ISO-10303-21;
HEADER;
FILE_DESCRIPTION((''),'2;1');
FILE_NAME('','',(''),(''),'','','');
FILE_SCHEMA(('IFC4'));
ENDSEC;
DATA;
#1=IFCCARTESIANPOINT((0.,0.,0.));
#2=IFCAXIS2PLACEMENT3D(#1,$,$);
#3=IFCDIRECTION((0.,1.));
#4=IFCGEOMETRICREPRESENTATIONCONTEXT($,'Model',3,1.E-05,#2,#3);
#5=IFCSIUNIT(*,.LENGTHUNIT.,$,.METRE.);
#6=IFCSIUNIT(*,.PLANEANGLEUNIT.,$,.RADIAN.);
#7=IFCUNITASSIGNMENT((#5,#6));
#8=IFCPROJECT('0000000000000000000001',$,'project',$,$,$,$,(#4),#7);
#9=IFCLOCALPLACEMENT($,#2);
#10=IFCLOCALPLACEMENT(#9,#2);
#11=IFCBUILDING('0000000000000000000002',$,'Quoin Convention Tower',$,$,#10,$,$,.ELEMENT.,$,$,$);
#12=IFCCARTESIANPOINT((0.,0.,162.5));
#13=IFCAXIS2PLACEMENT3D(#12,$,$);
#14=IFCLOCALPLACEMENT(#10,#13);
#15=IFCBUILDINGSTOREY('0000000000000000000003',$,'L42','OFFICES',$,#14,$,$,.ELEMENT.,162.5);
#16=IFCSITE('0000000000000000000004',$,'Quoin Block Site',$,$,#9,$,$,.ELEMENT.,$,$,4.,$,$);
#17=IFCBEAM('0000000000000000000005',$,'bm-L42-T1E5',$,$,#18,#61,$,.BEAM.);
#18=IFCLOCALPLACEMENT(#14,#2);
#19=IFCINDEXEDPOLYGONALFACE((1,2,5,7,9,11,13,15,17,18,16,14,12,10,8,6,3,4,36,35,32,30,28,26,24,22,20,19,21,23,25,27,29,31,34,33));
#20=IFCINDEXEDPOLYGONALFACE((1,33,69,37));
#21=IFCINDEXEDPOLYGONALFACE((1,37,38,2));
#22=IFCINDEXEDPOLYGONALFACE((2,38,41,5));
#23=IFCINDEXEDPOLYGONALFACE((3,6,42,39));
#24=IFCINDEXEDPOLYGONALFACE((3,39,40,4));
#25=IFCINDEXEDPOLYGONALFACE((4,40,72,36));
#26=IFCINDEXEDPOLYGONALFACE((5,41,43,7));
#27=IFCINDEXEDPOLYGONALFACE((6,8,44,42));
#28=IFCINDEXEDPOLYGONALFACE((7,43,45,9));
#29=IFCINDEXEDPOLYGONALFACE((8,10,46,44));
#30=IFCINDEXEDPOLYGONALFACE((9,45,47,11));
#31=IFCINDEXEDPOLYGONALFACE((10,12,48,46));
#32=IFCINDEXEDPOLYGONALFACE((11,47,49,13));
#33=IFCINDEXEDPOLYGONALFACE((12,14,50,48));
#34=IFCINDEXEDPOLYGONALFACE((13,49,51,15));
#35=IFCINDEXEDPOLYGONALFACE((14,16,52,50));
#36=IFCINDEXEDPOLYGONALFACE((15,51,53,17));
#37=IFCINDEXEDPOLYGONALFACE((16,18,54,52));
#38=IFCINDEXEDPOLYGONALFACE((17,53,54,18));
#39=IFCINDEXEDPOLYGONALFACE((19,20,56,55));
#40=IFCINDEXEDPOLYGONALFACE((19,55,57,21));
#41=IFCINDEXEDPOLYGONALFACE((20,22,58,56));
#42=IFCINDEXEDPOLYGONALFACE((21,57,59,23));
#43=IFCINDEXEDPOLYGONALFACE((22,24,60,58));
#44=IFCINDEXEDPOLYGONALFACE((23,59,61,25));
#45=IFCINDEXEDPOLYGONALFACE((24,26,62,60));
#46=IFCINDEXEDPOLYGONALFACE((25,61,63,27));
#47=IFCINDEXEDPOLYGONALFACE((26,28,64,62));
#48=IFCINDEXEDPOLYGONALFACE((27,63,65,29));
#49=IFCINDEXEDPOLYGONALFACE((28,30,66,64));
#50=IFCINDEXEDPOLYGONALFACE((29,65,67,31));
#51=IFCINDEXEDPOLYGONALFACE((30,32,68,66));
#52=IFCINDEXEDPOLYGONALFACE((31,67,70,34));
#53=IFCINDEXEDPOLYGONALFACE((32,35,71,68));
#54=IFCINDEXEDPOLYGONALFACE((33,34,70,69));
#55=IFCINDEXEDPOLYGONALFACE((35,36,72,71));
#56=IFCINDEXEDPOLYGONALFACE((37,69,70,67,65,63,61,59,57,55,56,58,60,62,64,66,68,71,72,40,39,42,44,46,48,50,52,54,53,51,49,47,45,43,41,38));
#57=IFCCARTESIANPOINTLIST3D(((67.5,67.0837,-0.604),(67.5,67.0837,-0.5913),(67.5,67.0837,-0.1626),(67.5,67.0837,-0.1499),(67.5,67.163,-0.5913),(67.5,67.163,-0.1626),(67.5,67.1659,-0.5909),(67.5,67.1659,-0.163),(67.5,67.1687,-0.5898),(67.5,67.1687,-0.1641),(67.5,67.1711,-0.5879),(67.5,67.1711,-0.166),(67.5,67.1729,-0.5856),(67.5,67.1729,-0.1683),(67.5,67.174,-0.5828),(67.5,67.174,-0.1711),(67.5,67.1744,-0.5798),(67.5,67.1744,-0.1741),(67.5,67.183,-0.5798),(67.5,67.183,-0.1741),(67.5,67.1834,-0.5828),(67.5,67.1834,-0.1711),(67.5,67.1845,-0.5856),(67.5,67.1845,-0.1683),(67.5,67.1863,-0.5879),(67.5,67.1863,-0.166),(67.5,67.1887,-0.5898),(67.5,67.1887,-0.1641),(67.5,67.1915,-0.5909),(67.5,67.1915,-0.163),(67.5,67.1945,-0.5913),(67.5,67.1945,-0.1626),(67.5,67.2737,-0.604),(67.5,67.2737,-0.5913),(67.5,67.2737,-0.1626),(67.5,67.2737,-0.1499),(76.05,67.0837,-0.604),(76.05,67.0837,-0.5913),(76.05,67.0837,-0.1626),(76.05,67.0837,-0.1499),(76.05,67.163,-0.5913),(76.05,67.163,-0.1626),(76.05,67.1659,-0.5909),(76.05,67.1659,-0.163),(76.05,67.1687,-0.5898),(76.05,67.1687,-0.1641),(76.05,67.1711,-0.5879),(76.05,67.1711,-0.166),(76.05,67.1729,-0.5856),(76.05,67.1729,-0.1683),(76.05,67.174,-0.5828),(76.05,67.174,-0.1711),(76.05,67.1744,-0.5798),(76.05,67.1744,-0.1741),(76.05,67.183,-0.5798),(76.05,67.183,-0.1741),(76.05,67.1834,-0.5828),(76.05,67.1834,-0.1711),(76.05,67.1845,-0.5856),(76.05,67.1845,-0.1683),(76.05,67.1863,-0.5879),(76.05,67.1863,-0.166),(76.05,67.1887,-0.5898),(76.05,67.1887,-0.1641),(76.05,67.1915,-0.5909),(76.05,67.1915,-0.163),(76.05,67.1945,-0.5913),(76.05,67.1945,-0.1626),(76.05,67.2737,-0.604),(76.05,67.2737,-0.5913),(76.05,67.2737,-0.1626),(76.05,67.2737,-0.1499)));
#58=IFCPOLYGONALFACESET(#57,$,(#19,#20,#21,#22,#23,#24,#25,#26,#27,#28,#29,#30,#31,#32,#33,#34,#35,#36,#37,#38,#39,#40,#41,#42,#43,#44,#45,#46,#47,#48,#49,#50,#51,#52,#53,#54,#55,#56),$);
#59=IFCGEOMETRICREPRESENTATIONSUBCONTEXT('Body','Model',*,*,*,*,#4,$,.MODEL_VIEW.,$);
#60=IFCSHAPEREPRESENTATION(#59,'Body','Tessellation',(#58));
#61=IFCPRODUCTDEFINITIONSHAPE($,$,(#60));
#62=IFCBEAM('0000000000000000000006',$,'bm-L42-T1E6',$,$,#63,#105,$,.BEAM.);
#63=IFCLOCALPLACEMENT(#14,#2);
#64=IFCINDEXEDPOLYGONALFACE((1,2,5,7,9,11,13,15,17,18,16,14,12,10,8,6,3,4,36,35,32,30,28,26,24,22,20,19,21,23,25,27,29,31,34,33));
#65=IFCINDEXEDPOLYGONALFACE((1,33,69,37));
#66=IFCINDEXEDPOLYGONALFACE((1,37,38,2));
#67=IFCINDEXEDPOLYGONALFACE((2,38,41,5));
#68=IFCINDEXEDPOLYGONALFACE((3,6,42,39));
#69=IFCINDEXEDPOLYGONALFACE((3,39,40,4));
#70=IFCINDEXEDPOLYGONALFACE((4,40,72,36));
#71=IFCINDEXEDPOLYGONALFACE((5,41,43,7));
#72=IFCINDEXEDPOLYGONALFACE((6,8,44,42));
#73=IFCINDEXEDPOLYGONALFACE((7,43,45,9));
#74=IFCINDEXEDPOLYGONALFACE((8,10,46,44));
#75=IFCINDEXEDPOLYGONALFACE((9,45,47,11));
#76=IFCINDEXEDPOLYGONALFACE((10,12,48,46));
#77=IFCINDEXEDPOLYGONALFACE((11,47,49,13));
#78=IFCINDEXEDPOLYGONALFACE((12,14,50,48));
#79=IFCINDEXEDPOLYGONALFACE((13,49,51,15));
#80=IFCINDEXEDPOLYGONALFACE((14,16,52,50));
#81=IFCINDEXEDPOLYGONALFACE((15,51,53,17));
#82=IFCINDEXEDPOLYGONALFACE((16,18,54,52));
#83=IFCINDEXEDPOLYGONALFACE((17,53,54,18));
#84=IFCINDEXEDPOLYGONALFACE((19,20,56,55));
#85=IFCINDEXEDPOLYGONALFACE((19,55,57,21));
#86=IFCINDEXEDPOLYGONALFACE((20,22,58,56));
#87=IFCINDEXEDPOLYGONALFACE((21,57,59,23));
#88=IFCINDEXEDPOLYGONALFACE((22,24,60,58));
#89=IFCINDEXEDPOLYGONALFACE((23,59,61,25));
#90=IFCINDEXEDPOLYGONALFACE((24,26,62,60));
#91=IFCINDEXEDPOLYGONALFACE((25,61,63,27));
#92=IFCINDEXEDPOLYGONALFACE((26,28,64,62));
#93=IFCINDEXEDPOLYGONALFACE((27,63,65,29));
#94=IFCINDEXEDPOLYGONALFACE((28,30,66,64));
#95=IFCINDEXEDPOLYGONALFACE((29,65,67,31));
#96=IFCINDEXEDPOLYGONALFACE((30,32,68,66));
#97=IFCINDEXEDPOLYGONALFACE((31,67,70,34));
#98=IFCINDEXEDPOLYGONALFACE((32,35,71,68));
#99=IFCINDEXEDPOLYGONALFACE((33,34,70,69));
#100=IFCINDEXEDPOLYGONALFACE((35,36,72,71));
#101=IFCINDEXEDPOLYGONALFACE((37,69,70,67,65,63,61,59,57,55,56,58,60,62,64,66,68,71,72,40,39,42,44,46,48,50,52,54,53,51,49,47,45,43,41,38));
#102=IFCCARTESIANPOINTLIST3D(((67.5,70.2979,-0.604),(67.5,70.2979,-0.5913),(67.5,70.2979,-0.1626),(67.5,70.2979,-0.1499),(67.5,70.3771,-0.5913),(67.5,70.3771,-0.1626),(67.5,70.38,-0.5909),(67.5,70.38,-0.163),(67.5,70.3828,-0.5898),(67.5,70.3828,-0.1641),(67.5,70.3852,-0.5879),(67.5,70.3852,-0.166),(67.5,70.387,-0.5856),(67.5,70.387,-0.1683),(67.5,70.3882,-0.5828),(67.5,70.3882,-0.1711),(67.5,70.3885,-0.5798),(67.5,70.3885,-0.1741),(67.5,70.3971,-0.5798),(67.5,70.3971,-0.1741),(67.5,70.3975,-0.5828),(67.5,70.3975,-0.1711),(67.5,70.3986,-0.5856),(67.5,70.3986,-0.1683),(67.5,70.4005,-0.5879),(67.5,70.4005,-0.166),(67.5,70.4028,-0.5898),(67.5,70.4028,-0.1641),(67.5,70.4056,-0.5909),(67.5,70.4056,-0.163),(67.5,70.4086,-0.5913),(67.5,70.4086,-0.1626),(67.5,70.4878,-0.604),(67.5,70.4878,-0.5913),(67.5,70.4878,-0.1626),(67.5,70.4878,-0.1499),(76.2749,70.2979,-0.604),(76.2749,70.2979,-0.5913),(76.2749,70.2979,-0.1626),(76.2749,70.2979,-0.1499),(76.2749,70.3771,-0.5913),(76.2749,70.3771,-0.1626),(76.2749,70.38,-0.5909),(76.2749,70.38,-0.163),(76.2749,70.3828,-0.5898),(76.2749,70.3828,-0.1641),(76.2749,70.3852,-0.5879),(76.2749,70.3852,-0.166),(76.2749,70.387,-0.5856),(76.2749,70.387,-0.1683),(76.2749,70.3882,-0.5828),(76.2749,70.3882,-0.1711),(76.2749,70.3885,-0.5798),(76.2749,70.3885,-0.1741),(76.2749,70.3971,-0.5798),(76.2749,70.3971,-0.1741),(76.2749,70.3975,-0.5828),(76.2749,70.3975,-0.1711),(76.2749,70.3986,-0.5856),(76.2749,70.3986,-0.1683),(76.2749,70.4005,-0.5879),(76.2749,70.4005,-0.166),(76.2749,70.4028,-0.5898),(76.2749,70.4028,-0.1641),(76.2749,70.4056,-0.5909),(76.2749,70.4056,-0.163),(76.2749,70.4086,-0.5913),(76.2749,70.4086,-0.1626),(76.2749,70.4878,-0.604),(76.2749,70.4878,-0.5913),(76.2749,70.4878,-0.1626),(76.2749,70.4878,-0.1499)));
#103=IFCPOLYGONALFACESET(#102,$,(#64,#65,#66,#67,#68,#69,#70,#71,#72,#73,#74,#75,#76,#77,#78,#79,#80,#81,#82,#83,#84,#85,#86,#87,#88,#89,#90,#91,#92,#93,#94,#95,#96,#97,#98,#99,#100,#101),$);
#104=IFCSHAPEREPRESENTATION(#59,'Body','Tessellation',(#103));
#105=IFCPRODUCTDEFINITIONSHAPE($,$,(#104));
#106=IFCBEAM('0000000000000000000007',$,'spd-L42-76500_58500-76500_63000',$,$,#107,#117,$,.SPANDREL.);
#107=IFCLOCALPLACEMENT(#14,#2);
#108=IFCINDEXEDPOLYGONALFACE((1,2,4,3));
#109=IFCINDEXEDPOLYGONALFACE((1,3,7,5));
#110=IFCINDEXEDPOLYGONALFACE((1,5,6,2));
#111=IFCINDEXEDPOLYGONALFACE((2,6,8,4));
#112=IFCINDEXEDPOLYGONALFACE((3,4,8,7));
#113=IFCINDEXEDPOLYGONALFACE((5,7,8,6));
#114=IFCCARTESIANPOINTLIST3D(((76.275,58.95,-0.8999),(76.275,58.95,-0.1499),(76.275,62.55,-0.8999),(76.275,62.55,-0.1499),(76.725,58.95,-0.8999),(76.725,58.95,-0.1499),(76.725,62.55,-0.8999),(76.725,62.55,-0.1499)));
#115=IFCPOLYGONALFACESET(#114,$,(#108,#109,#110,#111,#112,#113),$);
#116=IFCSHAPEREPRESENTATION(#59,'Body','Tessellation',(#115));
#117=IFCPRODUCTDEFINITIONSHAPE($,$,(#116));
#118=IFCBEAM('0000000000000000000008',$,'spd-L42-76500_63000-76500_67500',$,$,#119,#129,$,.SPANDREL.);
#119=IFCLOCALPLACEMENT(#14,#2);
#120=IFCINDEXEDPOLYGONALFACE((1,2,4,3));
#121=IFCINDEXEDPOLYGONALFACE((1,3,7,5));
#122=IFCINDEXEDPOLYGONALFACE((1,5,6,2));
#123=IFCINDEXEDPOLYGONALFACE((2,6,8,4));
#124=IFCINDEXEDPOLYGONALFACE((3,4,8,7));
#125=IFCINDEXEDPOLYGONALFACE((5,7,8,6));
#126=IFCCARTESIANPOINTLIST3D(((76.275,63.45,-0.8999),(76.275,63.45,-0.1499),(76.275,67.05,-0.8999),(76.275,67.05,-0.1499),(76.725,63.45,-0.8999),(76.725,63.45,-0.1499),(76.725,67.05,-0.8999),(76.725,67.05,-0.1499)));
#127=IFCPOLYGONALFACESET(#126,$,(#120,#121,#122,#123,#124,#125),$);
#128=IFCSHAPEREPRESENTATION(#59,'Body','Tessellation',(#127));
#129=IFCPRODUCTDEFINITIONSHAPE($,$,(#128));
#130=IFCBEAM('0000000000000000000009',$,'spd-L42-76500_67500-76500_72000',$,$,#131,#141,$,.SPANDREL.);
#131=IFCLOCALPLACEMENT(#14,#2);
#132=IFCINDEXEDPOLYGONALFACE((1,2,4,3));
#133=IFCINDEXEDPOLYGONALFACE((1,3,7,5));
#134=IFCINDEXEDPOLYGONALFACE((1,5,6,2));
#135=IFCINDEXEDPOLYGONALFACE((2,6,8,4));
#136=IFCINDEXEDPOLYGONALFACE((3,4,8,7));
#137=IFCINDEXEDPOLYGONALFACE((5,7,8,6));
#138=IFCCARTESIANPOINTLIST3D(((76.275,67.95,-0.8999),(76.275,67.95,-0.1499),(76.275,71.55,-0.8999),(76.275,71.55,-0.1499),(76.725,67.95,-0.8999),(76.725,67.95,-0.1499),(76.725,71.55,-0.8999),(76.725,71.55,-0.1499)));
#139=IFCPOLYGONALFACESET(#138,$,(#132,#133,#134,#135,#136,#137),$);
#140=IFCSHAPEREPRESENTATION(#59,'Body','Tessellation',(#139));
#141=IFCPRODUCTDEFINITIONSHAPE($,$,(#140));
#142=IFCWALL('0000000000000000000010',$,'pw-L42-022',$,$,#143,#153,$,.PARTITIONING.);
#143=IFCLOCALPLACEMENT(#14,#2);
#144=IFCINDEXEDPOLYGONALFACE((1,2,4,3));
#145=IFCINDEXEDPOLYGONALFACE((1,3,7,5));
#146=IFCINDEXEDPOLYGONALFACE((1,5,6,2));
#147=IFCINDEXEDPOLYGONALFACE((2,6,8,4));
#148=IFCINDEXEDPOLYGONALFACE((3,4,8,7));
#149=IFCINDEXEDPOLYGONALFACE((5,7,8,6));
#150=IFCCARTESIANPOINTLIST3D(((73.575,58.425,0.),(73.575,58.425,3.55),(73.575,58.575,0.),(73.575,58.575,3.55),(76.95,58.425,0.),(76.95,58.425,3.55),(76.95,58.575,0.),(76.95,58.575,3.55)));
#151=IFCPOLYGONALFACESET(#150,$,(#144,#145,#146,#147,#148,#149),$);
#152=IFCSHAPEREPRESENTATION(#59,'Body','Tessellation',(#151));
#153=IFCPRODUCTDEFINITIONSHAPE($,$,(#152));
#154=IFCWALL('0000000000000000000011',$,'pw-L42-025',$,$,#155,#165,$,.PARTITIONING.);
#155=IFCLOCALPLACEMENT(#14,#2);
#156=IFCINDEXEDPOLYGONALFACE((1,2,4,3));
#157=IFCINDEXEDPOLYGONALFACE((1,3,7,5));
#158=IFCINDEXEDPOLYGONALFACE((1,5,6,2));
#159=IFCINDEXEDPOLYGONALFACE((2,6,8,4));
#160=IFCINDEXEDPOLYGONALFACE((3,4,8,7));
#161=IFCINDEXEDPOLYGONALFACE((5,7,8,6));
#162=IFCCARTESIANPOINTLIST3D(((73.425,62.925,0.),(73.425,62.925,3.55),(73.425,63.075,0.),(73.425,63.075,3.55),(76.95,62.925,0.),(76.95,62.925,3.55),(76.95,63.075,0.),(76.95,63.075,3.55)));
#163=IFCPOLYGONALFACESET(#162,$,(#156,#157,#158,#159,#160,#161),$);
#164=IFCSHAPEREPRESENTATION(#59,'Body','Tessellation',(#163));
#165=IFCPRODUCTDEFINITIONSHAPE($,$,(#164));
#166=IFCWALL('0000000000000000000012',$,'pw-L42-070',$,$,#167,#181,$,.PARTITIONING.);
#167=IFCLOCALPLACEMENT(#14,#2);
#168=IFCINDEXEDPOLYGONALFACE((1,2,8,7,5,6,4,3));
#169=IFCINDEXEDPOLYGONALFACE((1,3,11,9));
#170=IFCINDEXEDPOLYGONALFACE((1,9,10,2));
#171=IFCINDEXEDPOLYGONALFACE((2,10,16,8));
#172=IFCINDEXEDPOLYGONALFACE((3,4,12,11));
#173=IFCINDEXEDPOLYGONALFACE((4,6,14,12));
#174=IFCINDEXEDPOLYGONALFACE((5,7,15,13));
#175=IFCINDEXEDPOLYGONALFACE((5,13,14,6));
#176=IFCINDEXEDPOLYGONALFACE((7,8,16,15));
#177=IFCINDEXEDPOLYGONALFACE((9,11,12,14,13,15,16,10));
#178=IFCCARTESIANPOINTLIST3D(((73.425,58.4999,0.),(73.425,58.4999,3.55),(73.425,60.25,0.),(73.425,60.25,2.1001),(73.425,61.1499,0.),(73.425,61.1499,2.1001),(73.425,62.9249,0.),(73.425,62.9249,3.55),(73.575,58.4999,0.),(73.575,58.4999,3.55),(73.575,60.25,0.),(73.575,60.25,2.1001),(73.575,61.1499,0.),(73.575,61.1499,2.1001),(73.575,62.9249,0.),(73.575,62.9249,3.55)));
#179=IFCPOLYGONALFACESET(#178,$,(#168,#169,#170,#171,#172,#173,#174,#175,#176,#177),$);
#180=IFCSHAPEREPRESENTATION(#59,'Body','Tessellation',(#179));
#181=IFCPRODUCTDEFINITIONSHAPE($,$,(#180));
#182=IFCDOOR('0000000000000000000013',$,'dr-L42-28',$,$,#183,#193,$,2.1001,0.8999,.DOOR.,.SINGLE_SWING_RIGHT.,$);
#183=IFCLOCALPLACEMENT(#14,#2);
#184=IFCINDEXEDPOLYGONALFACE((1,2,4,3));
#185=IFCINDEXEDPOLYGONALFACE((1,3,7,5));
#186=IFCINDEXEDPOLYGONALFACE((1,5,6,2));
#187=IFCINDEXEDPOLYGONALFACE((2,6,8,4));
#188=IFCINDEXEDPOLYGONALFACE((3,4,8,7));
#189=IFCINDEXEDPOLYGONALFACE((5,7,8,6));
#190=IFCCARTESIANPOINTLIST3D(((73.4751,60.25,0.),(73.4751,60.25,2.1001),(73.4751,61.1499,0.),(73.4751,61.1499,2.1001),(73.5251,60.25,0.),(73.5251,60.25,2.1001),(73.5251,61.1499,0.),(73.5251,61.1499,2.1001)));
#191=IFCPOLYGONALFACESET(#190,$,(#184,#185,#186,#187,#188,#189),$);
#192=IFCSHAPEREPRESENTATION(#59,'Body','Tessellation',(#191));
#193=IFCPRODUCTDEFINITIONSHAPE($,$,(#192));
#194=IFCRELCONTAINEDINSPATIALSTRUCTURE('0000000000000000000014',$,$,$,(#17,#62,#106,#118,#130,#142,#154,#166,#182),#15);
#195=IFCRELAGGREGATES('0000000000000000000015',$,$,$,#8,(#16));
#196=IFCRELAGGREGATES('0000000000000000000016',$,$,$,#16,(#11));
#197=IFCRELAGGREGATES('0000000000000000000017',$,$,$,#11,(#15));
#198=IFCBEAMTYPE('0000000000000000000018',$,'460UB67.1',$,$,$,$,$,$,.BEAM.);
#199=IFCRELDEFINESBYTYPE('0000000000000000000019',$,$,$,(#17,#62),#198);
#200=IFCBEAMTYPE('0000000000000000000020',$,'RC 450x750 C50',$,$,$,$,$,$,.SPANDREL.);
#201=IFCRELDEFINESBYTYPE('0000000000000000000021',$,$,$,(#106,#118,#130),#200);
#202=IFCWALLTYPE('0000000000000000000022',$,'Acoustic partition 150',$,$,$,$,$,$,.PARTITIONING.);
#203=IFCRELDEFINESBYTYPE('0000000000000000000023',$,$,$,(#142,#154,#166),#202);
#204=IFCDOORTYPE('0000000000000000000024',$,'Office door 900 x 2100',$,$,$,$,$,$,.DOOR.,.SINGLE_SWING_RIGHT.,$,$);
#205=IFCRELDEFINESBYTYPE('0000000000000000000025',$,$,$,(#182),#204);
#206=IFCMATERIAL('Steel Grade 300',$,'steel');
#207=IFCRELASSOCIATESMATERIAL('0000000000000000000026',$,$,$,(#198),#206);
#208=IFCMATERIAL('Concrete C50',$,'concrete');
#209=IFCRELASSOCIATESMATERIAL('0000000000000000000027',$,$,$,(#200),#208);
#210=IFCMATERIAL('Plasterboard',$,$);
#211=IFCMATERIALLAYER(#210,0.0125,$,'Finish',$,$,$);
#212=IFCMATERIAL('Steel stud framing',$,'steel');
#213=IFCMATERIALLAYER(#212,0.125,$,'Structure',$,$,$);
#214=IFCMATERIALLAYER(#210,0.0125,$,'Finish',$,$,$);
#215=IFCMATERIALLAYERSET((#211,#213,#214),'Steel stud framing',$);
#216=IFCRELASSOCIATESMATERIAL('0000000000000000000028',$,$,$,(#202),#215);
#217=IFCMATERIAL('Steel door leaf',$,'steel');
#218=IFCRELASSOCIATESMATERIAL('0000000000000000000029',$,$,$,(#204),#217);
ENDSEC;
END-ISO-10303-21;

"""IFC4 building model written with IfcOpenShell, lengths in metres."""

from ifc_helpers import new_model, si_unit, direction, frame, frame_2d, origin, origin_2d, place, context, subcontext, project, spatial, rectangle, i_section, extrude, material, layer, layer_set, material_profile, profile_set, type_object, element, fill, save


model = new_model("IFC4")

# Units and contexts
model_context = context("Model", 3, precision=1e-05, world=origin(), true_north=direction((0.0, 1.0)))
body_context = subcontext(model_context, "Body", "Model", "MODEL_VIEW")
ifc_project = project(units=[si_unit("LENGTHUNIT", "METRE"), si_unit("PLANEANGLEUNIT", "RADIAN")], contexts=[model_context])

# Site, building, storey
site_placement = place(None, origin())
site = spatial("IfcSite", under=ifc_project, at=site_placement, Name="Quoin Block Site", CompositionType="ELEMENT", RefElevation=4.0)
building_placement = place(site_placement, origin())
building = spatial("IfcBuilding", under=site, at=building_placement, Name="Quoin Convention Tower", CompositionType="ELEMENT")
storey_placement = place(building_placement, frame((0.0, 0.0, 162.5)))
storey = spatial("IfcBuildingStorey", under=building, at=storey_placement, Name="L42", Description="OFFICES", CompositionType="ELEMENT", Elevation=162.5)

# Shared definitions
ifc_material_1 = material(Name="Concrete C50", Category="concrete")

# Beams
ifc_material_2 = material(Name="Steel Grade 300", Category="steel")
ifc_material_profile_1 = material_profile(ifc_material_2, i_section(OverallWidth=0.1899, OverallDepth=0.4541, WebThickness=0.0085, FlangeThickness=0.0127, FilletRadius=0.0115, at=origin_2d()), Name="460UB67.1")
ifc_profile_set_1 = profile_set([ifc_material_profile_1], Name="Steel Grade 300")
beam_type_1 = type_object("IfcBeamType", Name="460UB67.1", PredefinedType="BEAM", material=ifc_profile_set_1)
beam_1_placement = place(storey_placement, frame((67.5, 67.1787, -0.377), z_axis=(1.0, 0.0, 0.0), x_axis=(0.0, 1.0, 0.0)))
element("IfcBeam", 1, at=beam_1_placement, inside=storey, type_object=beam_type_1, Name="bm-L42-T1E5", PredefinedType="BEAM", context=body_context, shape_type="SweptSolid", body=[
    extrude(i_section(OverallWidth=0.1899, OverallDepth=0.4541, WebThickness=0.0085, FlangeThickness=0.0127, FilletRadius=0.0115, at=origin_2d()), origin(), (0.0, 0.0, 1.0), 8.55),
])
beam_2_placement = place(storey_placement, frame((67.5, 70.3928, -0.377), z_axis=(1.0, 0.0, 0.0), x_axis=(0.0, 1.0, 0.0)))
element("IfcBeam", 2, at=beam_2_placement, inside=storey, type_object=beam_type_1, Name="bm-L42-T1E6", PredefinedType="BEAM", context=body_context, shape_type="SweptSolid", body=[
    extrude(i_section(OverallWidth=0.1899, OverallDepth=0.4541, WebThickness=0.0085, FlangeThickness=0.0127, FilletRadius=0.0115, at=origin_2d()), origin(), (0.0, 0.0, 1.0), 8.7749),
])
ifc_material_profile_2 = material_profile(ifc_material_1, rectangle(XDim=0.45, YDim=0.75, at=origin_2d()), Name="RC 450x750")
ifc_profile_set_2 = profile_set([ifc_material_profile_2], Name="Concrete C50")
beam_type_2 = type_object("IfcBeamType", Name="RC 450x750 C50", PredefinedType="SPANDREL", material=ifc_profile_set_2)
for number, where, z_axis, x_axis, name in (
    (3, (76.5, 58.95, -0.5249), (0.0, 1.0, 0.0), (-1.0, 0.0, 0.0), "spd-L42-76500_58500-76500_63000"),
    (4, (76.5, 63.45, -0.5249), (0.0, 1.0, 0.0), (-1.0, 0.0, 0.0), "spd-L42-76500_63000-76500_67500"),
    (5, (76.5, 67.95, -0.5249), (0.0, 1.0, 0.0), (-1.0, 0.0, 0.0), "spd-L42-76500_67500-76500_72000"),
):
    element("IfcBeam", number, at=place(storey_placement, frame(where, z_axis=z_axis, x_axis=x_axis)), inside=storey, type_object=beam_type_2, Name=name, PredefinedType="SPANDREL", context=body_context, shape_type="SweptSolid", body=[
        extrude(rectangle(XDim=0.45, YDim=0.75, at=origin_2d()), origin(), (0.0, 0.0, 1.0), 3.6001),
    ])

# Walls
ifc_material_3 = material(Name="Plasterboard")
ifc_layer_1 = layer(ifc_material_3, 0.0125, Name="Finish")
ifc_material_4 = material(Name="Steel stud framing", Category="steel")
ifc_layer_2 = layer(ifc_material_4, 0.125, Name="Structure")
ifc_layer_3 = layer(ifc_material_3, 0.0125, Name="Finish")
ifc_layer_set_1 = layer_set([ifc_layer_1, ifc_layer_2, ifc_layer_3], Name="Steel stud framing")
wall_type_1 = type_object("IfcWallType", Name="Acoustic partition 150", PredefinedType="PARTITIONING", material=ifc_layer_set_1)
wall_1_placement = place(storey_placement, frame((73.575, 58.5, 0.0), z_axis=(0.0, 0.0, 1.0), x_axis=(1.0, 0.0, 0.0)))
element("IfcWall", 6, at=wall_1_placement, inside=storey, type_object=wall_type_1, Name="pw-L42-022", PredefinedType="PARTITIONING", context=body_context, shape_type="SweptSolid", body=[
    extrude(rectangle(XDim=3.375, YDim=0.1499, at=frame_2d((1.6875, 0.0))), origin(), (0.0, 0.0, 1.0), 3.55),
])
wall_2_placement = place(storey_placement, frame((73.425, 63.0, 0.0), z_axis=(0.0, 0.0, 1.0), x_axis=(1.0, 0.0, 0.0)))
element("IfcWall", 7, at=wall_2_placement, inside=storey, type_object=wall_type_1, Name="pw-L42-025", PredefinedType="PARTITIONING", context=body_context, shape_type="SweptSolid", body=[
    extrude(rectangle(XDim=3.5249, YDim=0.1499, at=frame_2d((1.7625, 0.0))), origin(), (0.0, 0.0, 1.0), 3.55),
])

# Wall, opening, door
wall_3_placement = place(storey_placement, frame((73.5, 58.5, 0.0), z_axis=(0.0, 0.0, 1.0), x_axis=(0.0, 1.0, 0.0)))
wall_3 = element("IfcWall", 8, at=wall_3_placement, inside=storey, type_object=wall_type_1, Name="pw-L42-070", PredefinedType="PARTITIONING", context=body_context, shape_type="SweptSolid", body=[
    extrude(rectangle(XDim=4.425, YDim=0.1499, at=frame_2d((2.2124, 0.0))), origin(), (0.0, 0.0, 1.0), 3.55),
])
opening_1_placement = place(wall_3_placement, frame((1.75, 0.0, 0.0)))
opening_1 = element("IfcOpeningElement", 9, at=opening_1_placement, cuts=wall_3, PredefinedType="OPENING", context=body_context, shape_type="SweptSolid", body=[
    extrude(rectangle(XDim=0.8999, YDim=2.1001, at=frame_2d((0.45, 1.05))), frame((0.0, 0.085, 0.0), z_axis=(0.0, -1.0, 0.0), x_axis=(1.0, 0.0, 0.0)), (0.0, 0.0, 1.0), 0.1699),
])
ifc_material_5 = material(Name="Steel door leaf", Category="steel")
door_type_1 = type_object("IfcDoorType", Name="Office door 900 x 2100", OperationType="SINGLE_SWING_RIGHT", PredefinedType="DOOR", material=ifc_material_5)
door_1_placement = place(opening_1_placement, origin())
door_1 = element("IfcDoor", 10, at=door_1_placement, inside=storey, type_object=door_type_1, Name="dr-L42-28", OperationType="SINGLE_SWING_RIGHT", OverallHeight=2.1001, OverallWidth=0.8999, PredefinedType="DOOR", context=body_context, shape_type="SweptSolid", body=[
    extrude(rectangle(XDim=0.8999, YDim=2.1001, at=frame_2d((0.45, 1.05))), frame((0.0, 0.0249, 0.0), z_axis=(0.0, -1.0, 0.0), x_axis=(1.0, 0.0, 0.0)), (0.0, 0.0, 1.0), 0.05),
])
fill(opening_1, door_1)

save(model, "model.ifc")
